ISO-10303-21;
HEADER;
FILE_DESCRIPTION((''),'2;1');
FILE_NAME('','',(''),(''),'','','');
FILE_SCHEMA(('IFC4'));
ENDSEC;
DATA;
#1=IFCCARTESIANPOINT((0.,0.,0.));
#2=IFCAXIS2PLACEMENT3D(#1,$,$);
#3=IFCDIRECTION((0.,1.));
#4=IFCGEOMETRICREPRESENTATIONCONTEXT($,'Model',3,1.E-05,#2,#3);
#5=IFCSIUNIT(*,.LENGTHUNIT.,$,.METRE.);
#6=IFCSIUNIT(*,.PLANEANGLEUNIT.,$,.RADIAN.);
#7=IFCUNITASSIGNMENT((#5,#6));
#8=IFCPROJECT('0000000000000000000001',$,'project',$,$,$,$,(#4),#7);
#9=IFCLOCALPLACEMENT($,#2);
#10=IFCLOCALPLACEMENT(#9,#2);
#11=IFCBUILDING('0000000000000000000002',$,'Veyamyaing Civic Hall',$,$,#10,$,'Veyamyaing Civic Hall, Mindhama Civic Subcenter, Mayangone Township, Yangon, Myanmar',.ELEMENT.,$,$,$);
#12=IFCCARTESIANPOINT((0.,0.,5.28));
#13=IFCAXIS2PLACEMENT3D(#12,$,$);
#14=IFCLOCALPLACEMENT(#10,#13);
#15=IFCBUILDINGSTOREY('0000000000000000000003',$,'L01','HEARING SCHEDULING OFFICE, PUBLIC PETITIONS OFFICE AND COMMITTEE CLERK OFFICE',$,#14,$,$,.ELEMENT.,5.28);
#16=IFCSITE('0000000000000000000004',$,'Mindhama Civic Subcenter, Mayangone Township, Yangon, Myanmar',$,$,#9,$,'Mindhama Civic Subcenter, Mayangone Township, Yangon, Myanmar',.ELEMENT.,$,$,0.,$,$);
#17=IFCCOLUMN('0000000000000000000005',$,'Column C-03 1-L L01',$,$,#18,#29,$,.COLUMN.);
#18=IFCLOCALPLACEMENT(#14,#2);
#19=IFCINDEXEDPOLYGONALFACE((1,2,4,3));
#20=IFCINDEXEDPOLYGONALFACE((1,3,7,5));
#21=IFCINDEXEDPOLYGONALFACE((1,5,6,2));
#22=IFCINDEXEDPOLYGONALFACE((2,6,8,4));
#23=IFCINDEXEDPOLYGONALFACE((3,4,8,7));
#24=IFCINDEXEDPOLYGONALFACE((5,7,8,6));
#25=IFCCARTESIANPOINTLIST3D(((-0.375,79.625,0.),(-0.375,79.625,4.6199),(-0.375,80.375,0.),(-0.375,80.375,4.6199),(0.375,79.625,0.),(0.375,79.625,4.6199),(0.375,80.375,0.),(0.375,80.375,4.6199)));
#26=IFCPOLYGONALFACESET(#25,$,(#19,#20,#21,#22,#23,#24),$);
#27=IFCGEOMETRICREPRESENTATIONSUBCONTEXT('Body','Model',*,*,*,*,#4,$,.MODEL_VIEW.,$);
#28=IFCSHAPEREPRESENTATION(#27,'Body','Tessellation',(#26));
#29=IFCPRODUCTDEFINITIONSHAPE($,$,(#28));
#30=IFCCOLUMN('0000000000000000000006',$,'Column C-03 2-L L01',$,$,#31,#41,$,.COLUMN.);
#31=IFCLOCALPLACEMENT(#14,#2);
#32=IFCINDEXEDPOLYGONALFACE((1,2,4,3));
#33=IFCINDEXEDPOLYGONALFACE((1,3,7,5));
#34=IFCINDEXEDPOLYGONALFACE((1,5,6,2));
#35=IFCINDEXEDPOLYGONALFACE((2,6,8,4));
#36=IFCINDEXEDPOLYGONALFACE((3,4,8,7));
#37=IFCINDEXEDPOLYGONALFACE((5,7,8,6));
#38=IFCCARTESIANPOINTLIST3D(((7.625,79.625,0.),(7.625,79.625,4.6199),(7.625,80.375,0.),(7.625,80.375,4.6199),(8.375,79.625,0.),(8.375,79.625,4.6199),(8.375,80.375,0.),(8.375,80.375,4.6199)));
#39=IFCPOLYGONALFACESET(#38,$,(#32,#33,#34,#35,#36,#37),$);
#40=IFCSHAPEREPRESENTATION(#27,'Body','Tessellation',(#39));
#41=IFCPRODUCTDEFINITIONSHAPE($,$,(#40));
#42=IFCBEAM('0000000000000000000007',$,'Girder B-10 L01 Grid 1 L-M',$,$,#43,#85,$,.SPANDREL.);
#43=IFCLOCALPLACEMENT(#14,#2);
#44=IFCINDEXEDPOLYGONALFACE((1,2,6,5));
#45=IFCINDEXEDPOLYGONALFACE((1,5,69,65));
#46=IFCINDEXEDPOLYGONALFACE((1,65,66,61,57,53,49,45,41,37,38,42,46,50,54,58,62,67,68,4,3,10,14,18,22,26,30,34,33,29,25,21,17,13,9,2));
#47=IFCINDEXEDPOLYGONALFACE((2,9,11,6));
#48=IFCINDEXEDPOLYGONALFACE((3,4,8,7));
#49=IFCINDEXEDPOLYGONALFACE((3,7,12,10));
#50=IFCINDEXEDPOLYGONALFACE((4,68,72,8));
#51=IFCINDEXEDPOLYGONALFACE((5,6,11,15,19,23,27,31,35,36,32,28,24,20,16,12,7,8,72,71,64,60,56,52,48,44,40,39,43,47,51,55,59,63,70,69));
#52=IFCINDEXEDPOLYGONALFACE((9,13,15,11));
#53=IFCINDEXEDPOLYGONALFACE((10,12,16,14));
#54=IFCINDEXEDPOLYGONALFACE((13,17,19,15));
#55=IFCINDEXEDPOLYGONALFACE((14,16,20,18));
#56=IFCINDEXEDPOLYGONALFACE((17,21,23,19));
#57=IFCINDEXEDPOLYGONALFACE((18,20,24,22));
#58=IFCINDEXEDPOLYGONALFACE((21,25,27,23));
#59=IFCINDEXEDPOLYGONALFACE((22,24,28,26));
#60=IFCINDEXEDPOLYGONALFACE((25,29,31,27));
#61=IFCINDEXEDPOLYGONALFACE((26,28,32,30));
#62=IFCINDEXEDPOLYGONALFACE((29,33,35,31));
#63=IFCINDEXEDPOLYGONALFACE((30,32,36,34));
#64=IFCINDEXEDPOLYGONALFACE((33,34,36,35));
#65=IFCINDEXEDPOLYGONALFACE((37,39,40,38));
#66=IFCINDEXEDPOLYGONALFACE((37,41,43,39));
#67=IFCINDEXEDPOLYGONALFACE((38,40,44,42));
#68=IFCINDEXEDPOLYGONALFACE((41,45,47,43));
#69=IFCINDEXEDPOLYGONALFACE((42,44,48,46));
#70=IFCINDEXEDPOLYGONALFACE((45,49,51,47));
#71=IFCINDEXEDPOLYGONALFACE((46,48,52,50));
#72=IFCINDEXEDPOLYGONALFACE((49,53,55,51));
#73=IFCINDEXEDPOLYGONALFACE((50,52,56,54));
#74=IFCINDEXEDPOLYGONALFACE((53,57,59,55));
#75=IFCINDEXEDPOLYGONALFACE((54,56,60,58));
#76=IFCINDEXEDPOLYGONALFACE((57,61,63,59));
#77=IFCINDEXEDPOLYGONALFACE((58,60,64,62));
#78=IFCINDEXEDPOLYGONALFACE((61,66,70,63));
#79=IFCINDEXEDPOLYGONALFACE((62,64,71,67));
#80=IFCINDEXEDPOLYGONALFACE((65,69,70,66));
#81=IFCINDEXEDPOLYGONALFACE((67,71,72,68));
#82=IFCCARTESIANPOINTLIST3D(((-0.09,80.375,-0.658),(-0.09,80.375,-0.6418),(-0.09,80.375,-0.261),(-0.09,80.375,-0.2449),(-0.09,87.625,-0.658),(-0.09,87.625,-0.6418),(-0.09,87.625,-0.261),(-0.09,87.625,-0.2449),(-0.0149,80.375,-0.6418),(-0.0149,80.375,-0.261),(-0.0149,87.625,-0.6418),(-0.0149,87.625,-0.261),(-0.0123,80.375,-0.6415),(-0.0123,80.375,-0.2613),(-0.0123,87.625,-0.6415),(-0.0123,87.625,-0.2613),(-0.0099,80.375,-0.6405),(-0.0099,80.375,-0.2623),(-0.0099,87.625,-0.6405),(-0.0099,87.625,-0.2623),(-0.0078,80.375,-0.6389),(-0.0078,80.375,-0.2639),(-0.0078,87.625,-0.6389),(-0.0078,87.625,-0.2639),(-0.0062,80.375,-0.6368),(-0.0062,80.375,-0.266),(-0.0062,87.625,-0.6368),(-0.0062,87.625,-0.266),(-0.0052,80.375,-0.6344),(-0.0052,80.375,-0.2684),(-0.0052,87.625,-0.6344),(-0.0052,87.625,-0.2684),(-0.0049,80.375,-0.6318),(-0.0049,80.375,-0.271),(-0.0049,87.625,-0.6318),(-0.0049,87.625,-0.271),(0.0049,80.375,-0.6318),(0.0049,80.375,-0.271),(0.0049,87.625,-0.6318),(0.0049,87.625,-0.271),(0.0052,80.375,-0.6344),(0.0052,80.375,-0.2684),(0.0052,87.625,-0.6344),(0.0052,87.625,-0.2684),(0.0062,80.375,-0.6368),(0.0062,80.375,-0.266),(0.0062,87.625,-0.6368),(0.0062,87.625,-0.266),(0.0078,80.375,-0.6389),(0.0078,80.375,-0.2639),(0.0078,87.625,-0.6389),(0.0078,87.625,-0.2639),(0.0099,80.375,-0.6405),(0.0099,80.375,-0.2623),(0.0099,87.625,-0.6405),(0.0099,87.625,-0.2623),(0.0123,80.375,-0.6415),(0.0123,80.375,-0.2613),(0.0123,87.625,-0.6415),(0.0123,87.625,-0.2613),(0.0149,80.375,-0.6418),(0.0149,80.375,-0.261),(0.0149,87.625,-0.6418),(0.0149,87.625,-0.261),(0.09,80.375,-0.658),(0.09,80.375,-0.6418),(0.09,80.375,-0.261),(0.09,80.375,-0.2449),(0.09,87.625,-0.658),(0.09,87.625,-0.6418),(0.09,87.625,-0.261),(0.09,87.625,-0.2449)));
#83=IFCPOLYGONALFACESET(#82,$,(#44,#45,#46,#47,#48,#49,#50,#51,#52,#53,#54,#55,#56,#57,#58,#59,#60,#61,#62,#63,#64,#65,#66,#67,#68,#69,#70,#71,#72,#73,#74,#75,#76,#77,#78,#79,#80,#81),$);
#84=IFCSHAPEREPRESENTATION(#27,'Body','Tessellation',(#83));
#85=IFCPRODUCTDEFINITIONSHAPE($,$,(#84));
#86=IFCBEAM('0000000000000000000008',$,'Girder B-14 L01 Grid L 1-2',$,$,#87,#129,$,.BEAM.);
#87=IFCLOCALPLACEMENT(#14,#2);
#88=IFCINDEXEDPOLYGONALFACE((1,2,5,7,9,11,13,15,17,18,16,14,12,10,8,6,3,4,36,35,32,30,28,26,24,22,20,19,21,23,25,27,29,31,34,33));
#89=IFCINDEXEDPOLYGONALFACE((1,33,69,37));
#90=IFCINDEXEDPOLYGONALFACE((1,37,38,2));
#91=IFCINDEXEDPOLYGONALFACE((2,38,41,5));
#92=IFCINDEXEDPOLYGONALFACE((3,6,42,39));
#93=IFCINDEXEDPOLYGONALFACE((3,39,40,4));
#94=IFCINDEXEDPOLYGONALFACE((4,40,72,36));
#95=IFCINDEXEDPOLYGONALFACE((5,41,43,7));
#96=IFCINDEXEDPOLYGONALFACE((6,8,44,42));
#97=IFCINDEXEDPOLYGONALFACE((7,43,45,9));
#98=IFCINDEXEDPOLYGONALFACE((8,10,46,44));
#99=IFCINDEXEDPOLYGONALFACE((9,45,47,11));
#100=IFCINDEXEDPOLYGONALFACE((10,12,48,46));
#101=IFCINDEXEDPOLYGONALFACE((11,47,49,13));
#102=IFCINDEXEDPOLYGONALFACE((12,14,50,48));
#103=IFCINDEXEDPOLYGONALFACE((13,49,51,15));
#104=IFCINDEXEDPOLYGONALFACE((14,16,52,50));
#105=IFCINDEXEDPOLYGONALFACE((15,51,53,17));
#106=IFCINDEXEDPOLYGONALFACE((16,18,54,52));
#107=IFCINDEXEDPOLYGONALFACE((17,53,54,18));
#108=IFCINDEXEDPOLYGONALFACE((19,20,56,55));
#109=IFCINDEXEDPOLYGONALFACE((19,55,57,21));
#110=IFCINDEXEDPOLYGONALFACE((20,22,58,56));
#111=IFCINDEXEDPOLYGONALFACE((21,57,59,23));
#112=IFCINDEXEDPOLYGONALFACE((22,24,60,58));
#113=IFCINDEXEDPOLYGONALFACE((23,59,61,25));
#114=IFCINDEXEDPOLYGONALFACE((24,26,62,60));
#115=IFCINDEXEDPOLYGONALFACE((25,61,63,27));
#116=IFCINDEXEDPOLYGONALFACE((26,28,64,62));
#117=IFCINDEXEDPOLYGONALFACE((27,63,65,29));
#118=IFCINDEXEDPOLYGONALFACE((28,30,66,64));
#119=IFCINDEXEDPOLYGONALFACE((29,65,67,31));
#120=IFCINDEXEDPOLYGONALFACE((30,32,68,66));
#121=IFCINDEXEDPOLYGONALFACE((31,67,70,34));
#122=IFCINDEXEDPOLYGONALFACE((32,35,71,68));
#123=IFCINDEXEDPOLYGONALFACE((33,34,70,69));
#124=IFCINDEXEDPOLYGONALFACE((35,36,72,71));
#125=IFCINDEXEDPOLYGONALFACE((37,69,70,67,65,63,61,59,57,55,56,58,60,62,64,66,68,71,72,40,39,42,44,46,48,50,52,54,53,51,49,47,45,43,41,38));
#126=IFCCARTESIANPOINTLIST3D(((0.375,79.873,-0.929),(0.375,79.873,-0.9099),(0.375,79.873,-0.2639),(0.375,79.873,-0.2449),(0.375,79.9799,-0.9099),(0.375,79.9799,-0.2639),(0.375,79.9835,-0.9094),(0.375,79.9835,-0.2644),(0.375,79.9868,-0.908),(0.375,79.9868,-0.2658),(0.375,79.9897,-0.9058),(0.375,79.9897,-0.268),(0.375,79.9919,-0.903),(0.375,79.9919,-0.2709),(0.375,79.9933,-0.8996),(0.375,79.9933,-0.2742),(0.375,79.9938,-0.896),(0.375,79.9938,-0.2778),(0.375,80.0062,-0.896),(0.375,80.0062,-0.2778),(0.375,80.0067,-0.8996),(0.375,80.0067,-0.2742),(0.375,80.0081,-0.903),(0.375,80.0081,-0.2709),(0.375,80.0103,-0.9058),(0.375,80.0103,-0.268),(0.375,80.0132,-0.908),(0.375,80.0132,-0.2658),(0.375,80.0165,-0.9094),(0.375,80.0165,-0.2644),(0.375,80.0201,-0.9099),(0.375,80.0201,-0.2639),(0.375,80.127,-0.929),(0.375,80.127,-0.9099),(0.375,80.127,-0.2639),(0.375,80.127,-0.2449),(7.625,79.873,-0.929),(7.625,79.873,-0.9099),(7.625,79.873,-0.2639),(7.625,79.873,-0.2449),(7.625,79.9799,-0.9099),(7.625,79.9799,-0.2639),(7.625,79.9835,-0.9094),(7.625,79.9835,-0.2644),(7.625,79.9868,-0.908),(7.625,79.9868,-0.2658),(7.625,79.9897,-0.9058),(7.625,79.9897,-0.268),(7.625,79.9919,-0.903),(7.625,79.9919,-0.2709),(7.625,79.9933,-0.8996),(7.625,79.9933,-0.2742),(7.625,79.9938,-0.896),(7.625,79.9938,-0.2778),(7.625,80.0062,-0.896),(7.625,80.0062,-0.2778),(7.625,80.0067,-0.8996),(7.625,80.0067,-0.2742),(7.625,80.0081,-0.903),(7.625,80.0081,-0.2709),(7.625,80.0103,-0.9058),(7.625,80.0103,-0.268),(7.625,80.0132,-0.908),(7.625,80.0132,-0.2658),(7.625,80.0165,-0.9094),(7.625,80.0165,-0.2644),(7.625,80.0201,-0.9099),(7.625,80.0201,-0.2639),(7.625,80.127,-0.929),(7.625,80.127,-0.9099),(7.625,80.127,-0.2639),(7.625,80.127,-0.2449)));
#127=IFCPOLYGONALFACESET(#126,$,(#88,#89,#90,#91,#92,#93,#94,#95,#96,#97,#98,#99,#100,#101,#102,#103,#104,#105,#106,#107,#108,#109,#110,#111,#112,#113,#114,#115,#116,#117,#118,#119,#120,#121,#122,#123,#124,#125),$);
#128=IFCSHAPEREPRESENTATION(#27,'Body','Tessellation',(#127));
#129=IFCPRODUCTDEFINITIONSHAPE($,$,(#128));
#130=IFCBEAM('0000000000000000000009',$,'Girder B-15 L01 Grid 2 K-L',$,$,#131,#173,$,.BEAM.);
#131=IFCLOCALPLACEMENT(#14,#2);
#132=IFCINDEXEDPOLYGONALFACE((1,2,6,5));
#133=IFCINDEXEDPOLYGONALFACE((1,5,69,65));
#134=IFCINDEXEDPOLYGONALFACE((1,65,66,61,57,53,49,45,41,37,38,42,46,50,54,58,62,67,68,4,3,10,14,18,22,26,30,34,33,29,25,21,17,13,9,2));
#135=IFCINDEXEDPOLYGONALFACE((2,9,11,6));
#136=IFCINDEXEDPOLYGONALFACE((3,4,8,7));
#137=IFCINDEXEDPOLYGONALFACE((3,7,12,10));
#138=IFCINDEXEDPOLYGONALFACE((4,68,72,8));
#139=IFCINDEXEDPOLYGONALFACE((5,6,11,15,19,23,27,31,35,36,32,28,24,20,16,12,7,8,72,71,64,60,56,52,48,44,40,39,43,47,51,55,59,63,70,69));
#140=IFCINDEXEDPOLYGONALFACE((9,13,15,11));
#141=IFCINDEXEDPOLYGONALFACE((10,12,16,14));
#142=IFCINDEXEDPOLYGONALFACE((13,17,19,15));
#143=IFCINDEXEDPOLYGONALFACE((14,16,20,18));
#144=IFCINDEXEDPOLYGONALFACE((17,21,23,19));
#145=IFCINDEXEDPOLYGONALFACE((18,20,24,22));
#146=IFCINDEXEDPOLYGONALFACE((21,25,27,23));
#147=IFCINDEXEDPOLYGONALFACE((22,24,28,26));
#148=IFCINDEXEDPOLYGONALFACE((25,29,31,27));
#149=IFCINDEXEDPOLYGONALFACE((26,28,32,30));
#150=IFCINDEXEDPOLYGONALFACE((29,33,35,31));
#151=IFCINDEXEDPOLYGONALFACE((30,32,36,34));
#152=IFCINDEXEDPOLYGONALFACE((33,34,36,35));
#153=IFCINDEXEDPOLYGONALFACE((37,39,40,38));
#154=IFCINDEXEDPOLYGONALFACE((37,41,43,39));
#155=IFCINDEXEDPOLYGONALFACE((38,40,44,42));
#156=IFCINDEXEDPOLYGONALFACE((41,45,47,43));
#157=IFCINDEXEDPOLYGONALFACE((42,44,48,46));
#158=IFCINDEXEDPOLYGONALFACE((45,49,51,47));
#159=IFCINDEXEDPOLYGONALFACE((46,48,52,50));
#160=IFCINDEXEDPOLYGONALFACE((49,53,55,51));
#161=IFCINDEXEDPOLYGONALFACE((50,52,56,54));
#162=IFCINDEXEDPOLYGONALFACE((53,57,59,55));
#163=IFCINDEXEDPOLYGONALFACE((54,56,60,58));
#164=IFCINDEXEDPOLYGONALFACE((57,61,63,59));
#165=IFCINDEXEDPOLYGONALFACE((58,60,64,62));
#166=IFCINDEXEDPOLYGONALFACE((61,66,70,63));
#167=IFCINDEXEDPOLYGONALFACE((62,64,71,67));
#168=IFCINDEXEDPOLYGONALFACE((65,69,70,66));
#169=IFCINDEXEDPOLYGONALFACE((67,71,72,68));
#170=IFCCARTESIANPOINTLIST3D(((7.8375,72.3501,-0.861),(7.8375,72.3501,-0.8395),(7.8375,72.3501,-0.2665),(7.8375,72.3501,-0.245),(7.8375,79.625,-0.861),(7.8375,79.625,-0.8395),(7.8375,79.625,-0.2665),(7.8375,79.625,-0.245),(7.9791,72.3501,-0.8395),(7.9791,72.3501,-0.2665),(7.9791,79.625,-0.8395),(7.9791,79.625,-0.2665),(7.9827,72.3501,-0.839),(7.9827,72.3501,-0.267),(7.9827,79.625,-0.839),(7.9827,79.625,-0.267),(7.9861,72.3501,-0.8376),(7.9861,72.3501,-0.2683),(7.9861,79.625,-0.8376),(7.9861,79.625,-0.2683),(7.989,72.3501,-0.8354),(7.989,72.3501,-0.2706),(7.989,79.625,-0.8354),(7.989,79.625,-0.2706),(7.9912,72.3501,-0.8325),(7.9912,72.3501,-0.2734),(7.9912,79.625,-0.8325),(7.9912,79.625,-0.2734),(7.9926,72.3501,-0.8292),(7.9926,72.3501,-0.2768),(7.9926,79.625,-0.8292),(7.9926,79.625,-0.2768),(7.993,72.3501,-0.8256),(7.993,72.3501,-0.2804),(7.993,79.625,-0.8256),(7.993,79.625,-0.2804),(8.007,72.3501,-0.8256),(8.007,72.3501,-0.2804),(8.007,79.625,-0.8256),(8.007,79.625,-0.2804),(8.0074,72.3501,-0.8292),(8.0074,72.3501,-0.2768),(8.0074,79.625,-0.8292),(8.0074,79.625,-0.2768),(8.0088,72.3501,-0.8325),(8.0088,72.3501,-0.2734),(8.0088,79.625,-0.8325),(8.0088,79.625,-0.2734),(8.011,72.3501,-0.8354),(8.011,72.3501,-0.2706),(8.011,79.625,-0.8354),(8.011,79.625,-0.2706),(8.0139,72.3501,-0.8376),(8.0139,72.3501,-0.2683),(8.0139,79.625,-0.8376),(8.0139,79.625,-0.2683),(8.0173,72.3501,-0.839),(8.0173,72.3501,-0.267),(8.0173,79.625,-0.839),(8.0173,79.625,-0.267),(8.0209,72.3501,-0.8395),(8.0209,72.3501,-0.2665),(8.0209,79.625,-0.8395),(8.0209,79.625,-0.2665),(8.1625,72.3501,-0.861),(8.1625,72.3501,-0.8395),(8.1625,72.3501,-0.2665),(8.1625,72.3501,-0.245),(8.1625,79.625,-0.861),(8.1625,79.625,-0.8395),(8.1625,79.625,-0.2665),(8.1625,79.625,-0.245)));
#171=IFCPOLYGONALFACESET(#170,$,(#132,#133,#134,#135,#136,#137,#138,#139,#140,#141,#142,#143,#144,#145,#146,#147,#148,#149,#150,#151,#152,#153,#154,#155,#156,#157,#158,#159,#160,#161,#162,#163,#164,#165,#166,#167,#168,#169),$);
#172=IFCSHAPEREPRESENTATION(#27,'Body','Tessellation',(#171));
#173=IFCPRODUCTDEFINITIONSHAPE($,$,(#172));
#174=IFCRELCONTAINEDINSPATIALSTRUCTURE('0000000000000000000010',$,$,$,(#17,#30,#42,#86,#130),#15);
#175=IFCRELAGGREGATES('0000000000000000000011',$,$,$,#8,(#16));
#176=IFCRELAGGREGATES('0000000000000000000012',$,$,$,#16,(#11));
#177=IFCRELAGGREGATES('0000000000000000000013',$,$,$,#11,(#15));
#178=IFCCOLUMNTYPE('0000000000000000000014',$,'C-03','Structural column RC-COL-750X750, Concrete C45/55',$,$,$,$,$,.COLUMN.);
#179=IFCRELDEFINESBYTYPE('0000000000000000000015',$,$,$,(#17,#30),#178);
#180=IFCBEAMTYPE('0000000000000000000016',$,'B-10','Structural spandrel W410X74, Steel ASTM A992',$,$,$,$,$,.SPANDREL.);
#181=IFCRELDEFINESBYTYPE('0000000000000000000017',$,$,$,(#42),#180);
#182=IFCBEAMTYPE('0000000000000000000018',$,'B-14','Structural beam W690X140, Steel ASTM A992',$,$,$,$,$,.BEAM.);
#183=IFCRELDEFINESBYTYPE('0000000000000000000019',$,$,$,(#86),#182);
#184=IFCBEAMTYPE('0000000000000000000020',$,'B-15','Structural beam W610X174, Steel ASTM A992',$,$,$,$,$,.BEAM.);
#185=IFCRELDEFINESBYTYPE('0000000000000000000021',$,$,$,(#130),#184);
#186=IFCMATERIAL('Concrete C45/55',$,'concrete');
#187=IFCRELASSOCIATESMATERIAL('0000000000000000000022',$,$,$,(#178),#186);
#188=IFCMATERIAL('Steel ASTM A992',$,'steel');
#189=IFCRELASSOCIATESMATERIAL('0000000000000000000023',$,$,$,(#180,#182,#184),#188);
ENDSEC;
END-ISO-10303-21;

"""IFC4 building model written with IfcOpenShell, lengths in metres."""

from ifc_helpers import new_model, si_unit, direction, frame, origin, origin_2d, place, context, subcontext, project, spatial, rectangle, i_section, extrude, material, material_profile, profile_set, type_object, element, save


model = new_model("IFC4")

# Units and contexts
model_context = context("Model", 3, precision=1e-05, world=origin(), true_north=direction((0.0, 1.0)))
body_context = subcontext(model_context, "Body", "Model", "MODEL_VIEW")
ifc_project = project(units=[si_unit("LENGTHUNIT", "METRE"), si_unit("PLANEANGLEUNIT", "RADIAN")], contexts=[model_context])

# Site, building, storey
site_placement = place(None, origin())
site = spatial("IfcSite", under=ifc_project, at=site_placement, Name="Mindhama Civic Subcenter, Mayangone Township, Yangon, Myanmar", LongName="Mindhama Civic Subcenter, Mayangone Township, Yangon, Myanmar", CompositionType="ELEMENT", RefElevation=0.0)
building_placement = place(site_placement, origin())
building = spatial("IfcBuilding", under=site, at=building_placement, Name="Veyamyaing Civic Hall", LongName="Veyamyaing Civic Hall, Mindhama Civic Subcenter, Mayangone Township, Yangon, Myanmar", CompositionType="ELEMENT")
storey_placement = place(building_placement, frame((0.0, 0.0, 5.28)))
storey = spatial("IfcBuildingStorey", under=building, at=storey_placement, Name="L01", Description="HEARING SCHEDULING OFFICE, PUBLIC PETITIONS OFFICE AND COMMITTEE CLERK OFFICE", CompositionType="ELEMENT", Elevation=5.28)

# Columns
ifc_material_1 = material(Name="Concrete C45/55", Category="concrete")
ifc_material_profile_1 = material_profile(ifc_material_1, rectangle(XDim=0.75, YDim=0.75, at=origin_2d()), Name="RC-COL-750X750")
ifc_profile_set_1 = profile_set([ifc_material_profile_1], Name="Concrete C45/55")
column_type = type_object("IfcColumnType", Name="C-03", Description="Structural column RC-COL-750X750, Concrete C45/55", PredefinedType="COLUMN", material=ifc_profile_set_1)
for number, where, z_axis, x_axis, name in (
    (1, (0.0, 80.0, 0.0), (0.0, 0.0, 1.0), (1.0, 0.0, 0.0), "Column C-03 1-L L01"),
    (2, (8.0, 80.0, 0.0), (0.0, 0.0, 1.0), (1.0, 0.0, 0.0), "Column C-03 2-L L01"),
):
    element("IfcColumn", number, at=place(storey_placement, frame(where, z_axis=z_axis, x_axis=x_axis)), inside=storey, type_object=column_type, Name=name, PredefinedType="COLUMN", context=body_context, shape_type="SweptSolid", body=[
        extrude(rectangle(XDim=0.75, YDim=0.75, at=origin_2d()), origin(), (0.0, 0.0, 1.0), 4.6199),
    ])

# Beams
ifc_material_2 = material(Name="Steel ASTM A992", Category="steel")
ifc_material_profile_2 = material_profile(ifc_material_2, i_section(OverallWidth=0.1799, OverallDepth=0.4131, WebThickness=0.0098, FlangeThickness=0.0161, FilletRadius=0.01, at=origin_2d()), Name="W410X74")
ifc_profile_set_2 = profile_set([ifc_material_profile_2], Name="Steel ASTM A992")
beam_type_1 = type_object("IfcBeamType", Name="B-10", Description="Structural spandrel W410X74, Steel ASTM A992", PredefinedType="SPANDREL", material=ifc_profile_set_2)
beam_1_placement = place(storey_placement, frame((0.0, 80.375, -0.4514), z_axis=(0.0, 1.0, 0.0), x_axis=(-1.0, 0.0, 0.0)))
element("IfcBeam", 3, at=beam_1_placement, inside=storey, type_object=beam_type_1, Name="Girder B-10 L01 Grid 1 L-M", PredefinedType="SPANDREL", context=body_context, shape_type="SweptSolid", body=[
    extrude(i_section(OverallWidth=0.1799, OverallDepth=0.4131, WebThickness=0.0098, FlangeThickness=0.0161, FilletRadius=0.01, at=origin_2d()), origin(), (0.0, 0.0, 1.0), 7.25),
])
ifc_material_profile_3 = material_profile(ifc_material_2, i_section(OverallWidth=0.2539, OverallDepth=0.6841, WebThickness=0.0125, FlangeThickness=0.019, FilletRadius=0.0139, at=origin_2d()), Name="W690X140")
ifc_profile_set_3 = profile_set([ifc_material_profile_3], Name="Steel ASTM A992")
beam_type_2 = type_object("IfcBeamType", Name="B-14", Description="Structural beam W690X140, Steel ASTM A992", PredefinedType="BEAM", material=ifc_profile_set_3)
beam_2_placement = place(storey_placement, frame((0.375, 80.0, -0.5869), z_axis=(1.0, 0.0, 0.0), x_axis=(0.0, 1.0, 0.0)))
element("IfcBeam", 4, at=beam_2_placement, inside=storey, type_object=beam_type_2, Name="Girder B-14 L01 Grid L 1-2", PredefinedType="BEAM", context=body_context, shape_type="SweptSolid", body=[
    extrude(i_section(OverallWidth=0.2539, OverallDepth=0.6841, WebThickness=0.0125, FlangeThickness=0.019, FilletRadius=0.0139, at=origin_2d()), origin(), (0.0, 0.0, 1.0), 7.25),
])
ifc_material_profile_4 = material_profile(ifc_material_2, i_section(OverallWidth=0.325, OverallDepth=0.616, WebThickness=0.0139, FlangeThickness=0.0215, FilletRadius=0.0139, at=origin_2d()), Name="W610X174")
ifc_profile_set_4 = profile_set([ifc_material_profile_4], Name="Steel ASTM A992")
beam_type_3 = type_object("IfcBeamType", Name="B-15", Description="Structural beam W610X174, Steel ASTM A992", PredefinedType="BEAM", material=ifc_profile_set_4)
beam_3_placement = place(storey_placement, frame((8.0, 72.3501, -0.553), z_axis=(0.0, 1.0, 0.0), x_axis=(-1.0, 0.0, 0.0)))
element("IfcBeam", 5, at=beam_3_placement, inside=storey, type_object=beam_type_3, Name="Girder B-15 L01 Grid 2 K-L", PredefinedType="BEAM", context=body_context, shape_type="SweptSolid", body=[
    extrude(i_section(OverallWidth=0.325, OverallDepth=0.616, WebThickness=0.0139, FlangeThickness=0.0215, FilletRadius=0.0139, at=origin_2d()), origin(), (0.0, 0.0, 1.0), 7.2749),
])

save(model, "model.ifc")
